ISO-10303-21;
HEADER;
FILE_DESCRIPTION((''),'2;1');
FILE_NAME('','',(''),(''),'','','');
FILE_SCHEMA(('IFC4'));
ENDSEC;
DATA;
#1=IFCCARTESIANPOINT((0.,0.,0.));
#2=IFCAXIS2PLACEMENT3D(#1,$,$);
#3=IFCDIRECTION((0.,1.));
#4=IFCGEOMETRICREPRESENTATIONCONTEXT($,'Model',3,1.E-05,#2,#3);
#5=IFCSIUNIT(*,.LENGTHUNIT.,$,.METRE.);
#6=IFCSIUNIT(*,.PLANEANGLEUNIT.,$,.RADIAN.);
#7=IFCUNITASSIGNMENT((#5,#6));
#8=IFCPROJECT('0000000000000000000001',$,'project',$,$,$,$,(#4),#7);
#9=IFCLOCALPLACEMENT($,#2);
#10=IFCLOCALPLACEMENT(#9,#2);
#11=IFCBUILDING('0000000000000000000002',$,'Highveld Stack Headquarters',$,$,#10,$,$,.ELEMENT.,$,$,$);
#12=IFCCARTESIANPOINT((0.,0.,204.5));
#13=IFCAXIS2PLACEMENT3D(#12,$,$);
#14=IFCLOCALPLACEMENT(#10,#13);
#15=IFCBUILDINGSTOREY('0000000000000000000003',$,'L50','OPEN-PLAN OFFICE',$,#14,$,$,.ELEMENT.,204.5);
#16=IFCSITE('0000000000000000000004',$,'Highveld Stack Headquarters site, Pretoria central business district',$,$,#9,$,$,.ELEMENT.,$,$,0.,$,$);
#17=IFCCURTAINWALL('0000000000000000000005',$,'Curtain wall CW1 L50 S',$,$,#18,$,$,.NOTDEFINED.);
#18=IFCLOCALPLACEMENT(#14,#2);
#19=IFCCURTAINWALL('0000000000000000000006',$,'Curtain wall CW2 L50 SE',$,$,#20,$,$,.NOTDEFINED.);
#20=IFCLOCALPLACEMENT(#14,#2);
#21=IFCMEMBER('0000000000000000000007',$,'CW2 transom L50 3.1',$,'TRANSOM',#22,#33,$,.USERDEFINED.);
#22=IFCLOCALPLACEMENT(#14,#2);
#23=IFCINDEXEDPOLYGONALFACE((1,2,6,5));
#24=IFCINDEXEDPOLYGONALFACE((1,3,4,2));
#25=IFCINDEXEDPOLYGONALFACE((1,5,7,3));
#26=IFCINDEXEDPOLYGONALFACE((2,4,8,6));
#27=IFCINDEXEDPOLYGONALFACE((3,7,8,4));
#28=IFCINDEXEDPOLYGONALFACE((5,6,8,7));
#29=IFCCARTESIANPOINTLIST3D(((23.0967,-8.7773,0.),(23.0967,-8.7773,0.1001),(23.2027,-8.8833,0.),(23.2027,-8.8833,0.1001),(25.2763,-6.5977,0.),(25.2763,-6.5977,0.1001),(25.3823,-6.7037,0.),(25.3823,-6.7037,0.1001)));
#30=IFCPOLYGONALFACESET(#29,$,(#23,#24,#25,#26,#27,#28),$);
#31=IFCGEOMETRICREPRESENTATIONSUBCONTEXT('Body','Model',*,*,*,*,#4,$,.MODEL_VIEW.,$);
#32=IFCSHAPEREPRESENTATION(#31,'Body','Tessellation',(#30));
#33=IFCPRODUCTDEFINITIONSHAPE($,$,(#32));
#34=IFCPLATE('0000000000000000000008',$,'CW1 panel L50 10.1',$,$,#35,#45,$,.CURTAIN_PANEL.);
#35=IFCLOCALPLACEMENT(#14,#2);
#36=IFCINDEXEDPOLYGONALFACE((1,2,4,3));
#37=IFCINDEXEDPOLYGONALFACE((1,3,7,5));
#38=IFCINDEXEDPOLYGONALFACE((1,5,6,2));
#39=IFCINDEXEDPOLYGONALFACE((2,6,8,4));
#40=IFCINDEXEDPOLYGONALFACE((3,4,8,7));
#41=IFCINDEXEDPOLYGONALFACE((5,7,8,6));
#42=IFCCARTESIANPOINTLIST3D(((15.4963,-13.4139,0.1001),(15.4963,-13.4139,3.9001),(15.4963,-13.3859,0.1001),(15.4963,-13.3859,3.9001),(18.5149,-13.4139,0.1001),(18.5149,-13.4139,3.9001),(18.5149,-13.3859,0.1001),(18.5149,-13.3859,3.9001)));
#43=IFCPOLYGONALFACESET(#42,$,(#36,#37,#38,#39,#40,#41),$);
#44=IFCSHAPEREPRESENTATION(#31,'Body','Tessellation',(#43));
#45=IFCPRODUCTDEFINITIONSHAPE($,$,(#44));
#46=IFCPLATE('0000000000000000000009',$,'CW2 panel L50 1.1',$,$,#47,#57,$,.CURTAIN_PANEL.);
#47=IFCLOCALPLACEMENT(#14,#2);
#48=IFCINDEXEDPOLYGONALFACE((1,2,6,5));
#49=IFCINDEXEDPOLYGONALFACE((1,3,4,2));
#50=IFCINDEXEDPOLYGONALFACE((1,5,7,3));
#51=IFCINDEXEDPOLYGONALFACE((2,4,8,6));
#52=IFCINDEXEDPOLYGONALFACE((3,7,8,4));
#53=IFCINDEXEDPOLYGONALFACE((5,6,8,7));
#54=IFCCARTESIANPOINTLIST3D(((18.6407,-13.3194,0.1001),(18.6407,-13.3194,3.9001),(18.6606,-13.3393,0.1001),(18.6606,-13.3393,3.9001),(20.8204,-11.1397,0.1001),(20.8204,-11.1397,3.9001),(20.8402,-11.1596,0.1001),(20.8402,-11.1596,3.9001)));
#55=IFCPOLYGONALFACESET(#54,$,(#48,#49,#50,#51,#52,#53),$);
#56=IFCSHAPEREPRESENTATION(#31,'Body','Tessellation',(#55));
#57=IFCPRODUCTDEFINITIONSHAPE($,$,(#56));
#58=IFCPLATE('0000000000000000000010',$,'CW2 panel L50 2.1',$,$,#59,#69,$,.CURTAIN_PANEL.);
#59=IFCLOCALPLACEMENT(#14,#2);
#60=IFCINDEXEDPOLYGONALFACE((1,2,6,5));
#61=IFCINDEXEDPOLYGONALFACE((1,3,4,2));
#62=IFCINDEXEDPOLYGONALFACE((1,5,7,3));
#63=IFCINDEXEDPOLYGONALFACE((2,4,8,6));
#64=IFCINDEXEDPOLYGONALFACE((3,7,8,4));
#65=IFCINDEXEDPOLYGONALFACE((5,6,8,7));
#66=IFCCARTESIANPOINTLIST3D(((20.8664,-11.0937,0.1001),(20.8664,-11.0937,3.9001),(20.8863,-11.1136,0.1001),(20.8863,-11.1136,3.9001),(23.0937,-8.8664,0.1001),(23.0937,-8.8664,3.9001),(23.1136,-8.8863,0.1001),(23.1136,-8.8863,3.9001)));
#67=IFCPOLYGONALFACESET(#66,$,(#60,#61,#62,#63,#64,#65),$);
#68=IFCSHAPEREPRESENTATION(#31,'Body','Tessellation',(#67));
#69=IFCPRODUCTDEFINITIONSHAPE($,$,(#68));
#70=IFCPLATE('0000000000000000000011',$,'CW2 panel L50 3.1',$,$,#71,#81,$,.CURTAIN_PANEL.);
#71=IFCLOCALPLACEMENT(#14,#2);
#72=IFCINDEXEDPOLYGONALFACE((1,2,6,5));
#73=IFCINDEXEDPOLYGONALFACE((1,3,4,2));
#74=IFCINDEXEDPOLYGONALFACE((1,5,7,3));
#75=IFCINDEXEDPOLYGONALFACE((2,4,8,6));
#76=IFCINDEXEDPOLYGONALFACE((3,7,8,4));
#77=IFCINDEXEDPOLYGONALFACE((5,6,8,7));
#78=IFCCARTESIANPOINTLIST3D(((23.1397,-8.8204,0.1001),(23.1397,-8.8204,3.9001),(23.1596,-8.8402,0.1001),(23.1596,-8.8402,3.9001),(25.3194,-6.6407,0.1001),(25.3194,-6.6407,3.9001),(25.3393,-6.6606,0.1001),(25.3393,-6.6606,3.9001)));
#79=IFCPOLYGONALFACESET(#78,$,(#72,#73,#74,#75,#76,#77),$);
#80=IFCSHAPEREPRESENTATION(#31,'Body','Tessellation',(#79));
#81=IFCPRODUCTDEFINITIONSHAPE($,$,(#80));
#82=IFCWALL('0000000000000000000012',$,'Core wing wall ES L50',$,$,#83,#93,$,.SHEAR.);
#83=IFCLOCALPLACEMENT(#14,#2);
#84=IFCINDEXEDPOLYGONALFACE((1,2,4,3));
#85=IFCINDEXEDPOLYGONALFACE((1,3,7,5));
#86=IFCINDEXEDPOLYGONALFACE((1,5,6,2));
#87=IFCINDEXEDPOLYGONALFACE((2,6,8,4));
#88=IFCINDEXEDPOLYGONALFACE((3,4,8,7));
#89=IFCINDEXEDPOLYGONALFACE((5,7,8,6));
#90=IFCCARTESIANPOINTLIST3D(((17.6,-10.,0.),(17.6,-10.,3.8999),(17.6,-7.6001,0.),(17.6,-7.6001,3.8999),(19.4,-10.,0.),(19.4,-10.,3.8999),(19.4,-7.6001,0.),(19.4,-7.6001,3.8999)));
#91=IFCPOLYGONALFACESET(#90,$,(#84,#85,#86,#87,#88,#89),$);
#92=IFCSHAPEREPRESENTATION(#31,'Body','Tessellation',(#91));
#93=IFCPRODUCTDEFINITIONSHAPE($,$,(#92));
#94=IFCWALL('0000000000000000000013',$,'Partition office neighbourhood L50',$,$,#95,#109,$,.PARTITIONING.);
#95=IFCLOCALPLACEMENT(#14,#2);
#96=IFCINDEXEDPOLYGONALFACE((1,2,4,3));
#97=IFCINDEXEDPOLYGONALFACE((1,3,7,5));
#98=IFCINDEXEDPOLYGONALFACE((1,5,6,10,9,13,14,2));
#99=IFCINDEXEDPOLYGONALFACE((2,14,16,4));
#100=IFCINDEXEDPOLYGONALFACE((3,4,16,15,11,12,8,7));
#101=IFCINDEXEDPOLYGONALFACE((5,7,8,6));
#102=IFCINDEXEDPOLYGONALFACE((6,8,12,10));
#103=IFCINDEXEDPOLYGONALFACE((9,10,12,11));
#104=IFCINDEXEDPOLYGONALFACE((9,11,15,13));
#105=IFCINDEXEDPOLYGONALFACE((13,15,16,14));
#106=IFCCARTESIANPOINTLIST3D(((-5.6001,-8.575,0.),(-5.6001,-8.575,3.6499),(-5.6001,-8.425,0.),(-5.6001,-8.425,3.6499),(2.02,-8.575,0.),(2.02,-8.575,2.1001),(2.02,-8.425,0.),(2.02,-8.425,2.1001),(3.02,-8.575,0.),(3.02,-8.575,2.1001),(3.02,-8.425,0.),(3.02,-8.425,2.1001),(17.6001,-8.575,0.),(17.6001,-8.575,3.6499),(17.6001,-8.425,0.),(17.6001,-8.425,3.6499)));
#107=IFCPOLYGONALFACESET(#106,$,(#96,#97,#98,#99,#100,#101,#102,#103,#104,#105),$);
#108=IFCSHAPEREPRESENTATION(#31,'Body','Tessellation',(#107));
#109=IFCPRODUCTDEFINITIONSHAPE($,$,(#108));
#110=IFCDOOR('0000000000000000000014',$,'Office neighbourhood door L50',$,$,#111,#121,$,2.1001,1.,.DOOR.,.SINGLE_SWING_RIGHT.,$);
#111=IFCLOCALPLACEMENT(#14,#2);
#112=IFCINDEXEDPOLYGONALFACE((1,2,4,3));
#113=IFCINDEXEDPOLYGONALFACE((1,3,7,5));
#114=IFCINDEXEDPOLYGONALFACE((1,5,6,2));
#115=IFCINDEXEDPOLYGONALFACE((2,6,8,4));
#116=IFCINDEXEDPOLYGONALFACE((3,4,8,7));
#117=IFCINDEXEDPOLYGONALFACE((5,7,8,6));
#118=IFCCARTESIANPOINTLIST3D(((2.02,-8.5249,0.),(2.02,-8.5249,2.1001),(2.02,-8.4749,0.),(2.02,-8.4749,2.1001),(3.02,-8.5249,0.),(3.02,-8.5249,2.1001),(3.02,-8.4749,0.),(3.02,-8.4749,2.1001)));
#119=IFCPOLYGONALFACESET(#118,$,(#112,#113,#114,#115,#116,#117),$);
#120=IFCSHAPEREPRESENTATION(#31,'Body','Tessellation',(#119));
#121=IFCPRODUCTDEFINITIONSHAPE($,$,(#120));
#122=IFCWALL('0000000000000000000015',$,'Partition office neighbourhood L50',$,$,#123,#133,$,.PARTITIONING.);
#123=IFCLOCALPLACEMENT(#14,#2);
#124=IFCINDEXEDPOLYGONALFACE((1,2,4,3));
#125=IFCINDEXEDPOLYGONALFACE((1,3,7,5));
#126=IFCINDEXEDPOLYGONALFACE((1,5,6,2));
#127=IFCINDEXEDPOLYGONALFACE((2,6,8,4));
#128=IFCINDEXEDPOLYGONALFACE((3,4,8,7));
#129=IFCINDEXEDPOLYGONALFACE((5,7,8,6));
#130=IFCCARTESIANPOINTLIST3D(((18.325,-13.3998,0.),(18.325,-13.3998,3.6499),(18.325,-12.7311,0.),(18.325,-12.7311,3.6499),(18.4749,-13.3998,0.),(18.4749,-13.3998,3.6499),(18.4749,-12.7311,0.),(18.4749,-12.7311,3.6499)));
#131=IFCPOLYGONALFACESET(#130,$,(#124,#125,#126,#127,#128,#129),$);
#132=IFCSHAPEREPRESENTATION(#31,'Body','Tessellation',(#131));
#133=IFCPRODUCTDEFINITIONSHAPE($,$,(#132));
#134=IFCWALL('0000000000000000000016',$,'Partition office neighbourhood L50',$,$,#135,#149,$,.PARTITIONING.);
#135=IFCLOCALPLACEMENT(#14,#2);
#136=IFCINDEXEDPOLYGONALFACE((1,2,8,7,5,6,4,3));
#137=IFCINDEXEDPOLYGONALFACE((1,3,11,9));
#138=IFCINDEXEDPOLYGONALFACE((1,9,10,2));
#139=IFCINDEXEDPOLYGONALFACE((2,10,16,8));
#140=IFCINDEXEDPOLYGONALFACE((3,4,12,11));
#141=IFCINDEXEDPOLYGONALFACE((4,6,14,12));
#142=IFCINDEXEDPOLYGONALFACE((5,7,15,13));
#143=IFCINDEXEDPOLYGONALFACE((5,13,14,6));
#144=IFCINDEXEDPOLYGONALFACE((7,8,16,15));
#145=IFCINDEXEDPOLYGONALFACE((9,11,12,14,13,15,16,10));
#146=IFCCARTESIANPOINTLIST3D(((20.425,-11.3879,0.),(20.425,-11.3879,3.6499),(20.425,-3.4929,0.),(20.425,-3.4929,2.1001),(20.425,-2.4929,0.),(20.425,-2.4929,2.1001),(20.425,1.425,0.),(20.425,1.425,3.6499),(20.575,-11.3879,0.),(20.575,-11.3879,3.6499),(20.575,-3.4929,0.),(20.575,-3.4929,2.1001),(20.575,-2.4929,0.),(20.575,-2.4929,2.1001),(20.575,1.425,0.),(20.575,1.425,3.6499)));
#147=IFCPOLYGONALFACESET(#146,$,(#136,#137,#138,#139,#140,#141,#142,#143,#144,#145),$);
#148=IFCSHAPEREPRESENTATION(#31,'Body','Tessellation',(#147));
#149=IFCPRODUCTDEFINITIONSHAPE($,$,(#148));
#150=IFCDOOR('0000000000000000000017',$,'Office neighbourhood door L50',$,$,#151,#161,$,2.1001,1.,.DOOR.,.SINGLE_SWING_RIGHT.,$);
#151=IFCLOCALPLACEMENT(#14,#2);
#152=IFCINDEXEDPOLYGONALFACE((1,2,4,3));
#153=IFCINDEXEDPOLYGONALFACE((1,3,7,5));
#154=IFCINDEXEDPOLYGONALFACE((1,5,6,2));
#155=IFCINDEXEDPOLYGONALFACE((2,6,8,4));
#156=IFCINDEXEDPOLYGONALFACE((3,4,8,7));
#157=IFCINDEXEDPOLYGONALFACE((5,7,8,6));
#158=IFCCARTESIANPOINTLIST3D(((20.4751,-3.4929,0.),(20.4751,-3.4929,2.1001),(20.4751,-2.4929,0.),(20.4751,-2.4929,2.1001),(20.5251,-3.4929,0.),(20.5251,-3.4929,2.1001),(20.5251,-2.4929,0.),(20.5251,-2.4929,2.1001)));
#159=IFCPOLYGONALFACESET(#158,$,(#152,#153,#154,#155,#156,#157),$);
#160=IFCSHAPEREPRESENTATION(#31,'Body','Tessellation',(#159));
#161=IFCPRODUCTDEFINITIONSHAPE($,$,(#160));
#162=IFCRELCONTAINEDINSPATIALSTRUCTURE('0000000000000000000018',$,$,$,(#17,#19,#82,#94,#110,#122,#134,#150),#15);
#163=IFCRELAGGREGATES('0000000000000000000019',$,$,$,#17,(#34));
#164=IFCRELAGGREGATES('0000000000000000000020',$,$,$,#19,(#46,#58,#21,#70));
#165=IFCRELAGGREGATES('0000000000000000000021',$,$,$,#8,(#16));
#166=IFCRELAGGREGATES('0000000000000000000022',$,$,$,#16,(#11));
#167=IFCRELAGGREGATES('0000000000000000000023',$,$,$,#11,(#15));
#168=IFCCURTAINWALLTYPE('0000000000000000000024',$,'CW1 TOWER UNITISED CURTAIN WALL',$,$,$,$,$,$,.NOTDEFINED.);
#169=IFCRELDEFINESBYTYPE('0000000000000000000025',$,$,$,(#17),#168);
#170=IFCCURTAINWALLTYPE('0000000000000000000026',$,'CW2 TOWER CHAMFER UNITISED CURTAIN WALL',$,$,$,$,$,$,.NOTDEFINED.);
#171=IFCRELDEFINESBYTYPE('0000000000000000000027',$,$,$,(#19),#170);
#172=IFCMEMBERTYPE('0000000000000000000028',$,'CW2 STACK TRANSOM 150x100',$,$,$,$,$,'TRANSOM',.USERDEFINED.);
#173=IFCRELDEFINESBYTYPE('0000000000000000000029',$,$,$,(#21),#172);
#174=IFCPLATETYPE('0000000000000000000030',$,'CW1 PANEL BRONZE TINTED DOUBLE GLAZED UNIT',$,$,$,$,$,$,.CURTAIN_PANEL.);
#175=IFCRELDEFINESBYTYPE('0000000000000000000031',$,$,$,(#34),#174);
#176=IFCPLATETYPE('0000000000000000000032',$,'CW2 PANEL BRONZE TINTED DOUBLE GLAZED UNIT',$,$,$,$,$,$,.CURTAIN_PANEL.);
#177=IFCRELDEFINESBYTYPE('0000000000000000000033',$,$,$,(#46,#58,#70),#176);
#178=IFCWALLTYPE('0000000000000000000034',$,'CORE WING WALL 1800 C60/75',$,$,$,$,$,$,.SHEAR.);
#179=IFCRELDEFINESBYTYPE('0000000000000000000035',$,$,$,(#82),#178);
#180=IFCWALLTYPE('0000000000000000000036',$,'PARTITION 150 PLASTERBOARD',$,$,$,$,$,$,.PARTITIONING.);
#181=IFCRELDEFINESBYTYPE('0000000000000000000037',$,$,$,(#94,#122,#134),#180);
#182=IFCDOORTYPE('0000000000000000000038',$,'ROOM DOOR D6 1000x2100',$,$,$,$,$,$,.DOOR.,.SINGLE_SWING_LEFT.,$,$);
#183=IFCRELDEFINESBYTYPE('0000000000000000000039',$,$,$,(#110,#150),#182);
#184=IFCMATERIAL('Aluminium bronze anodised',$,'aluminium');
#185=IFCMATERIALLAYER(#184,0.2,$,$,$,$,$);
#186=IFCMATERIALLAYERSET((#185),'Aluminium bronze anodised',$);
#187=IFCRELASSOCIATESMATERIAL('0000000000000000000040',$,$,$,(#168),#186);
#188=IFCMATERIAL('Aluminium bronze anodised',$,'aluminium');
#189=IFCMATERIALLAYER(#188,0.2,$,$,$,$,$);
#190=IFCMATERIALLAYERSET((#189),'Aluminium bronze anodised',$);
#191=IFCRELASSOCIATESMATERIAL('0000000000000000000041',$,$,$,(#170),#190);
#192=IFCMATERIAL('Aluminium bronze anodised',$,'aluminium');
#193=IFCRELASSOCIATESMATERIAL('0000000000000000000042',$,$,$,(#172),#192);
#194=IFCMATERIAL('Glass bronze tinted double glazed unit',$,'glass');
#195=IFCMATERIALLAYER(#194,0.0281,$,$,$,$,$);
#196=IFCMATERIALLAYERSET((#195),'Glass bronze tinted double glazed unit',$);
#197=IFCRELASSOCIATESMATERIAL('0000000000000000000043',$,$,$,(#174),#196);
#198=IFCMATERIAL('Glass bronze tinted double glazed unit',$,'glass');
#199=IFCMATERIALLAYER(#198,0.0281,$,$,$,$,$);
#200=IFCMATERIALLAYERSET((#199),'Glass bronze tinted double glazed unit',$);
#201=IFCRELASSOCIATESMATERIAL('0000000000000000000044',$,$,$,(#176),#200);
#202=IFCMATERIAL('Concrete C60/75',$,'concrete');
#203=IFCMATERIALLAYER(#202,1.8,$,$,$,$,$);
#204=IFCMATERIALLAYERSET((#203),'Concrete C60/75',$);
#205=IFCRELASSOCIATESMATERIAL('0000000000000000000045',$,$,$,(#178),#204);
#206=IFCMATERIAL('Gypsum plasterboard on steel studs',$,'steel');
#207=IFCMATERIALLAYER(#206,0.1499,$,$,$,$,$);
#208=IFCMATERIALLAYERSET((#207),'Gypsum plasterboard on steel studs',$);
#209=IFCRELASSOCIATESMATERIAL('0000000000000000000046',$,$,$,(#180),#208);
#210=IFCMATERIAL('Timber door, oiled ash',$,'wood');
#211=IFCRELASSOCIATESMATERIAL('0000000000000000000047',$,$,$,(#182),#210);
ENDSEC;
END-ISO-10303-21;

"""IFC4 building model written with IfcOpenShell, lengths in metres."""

from ifc_helpers import new_model, si_unit, direction, frame, frame_2d, origin, origin_2d, place, context, subcontext, project, spatial, rectangle, extrude, material, layer, layer_set, material_profile, profile_set, type_object, element, fill, aggregate, save


model = new_model("IFC4")

# Units and contexts
model_context = context("Model", 3, precision=1e-05, world=origin(), true_north=direction((0.0, 1.0)))
body_context = subcontext(model_context, "Body", "Model", "MODEL_VIEW")
ifc_project = project(units=[si_unit("LENGTHUNIT", "METRE"), si_unit("PLANEANGLEUNIT", "RADIAN")], contexts=[model_context])

# Site, building, storey
site_placement = place(None, origin())
site = spatial("IfcSite", under=ifc_project, at=site_placement, Name="Highveld Stack Headquarters site, Pretoria central business district", CompositionType="ELEMENT", RefElevation=0.0)
building_placement = place(site_placement, origin())
building = spatial("IfcBuilding", under=site, at=building_placement, Name="Highveld Stack Headquarters", CompositionType="ELEMENT")
storey_placement = place(building_placement, frame((0.0, 0.0, 204.5)))
storey = spatial("IfcBuildingStorey", under=building, at=storey_placement, Name="L50", Description="OPEN-PLAN OFFICE", CompositionType="ELEMENT", Elevation=204.5)

# Curtain wall
ifc_material_1 = material(Name="Aluminium bronze anodised", Category="aluminium")
ifc_layer_1 = layer(ifc_material_1, 0.2)
ifc_layer_set_1 = layer_set([ifc_layer_1], Name="Aluminium bronze anodised")
curtain_wall_type_1 = type_object("IfcCurtainWallType", Name="CW1 TOWER UNITISED CURTAIN WALL", PredefinedType="NOTDEFINED", material=ifc_layer_set_1)
curtain_wall_1_placement = place(storey_placement, origin())
curtain_wall_1 = element("IfcCurtainWall", 1, at=curtain_wall_1_placement, inside=storey, type_object=curtain_wall_type_1, Name="Curtain wall CW1 L50 S", PredefinedType="NOTDEFINED")

# Curtain wall, member
ifc_material_2 = material(Name="Aluminium bronze anodised", Category="aluminium")
ifc_layer_2 = layer(ifc_material_2, 0.2)
ifc_layer_set_2 = layer_set([ifc_layer_2], Name="Aluminium bronze anodised")
curtain_wall_type_2 = type_object("IfcCurtainWallType", Name="CW2 TOWER CHAMFER UNITISED CURTAIN WALL", PredefinedType="NOTDEFINED", material=ifc_layer_set_2)
curtain_wall_2_placement = place(storey_placement, origin())
curtain_wall_2 = element("IfcCurtainWall", 2, at=curtain_wall_2_placement, inside=storey, type_object=curtain_wall_type_2, Name="Curtain wall CW2 L50 SE", PredefinedType="NOTDEFINED")
ifc_material_3 = material(Name="Aluminium bronze anodised", Category="aluminium")
ifc_material_profile_1 = material_profile(ifc_material_3, rectangle(XDim=0.1499, YDim=0.1001, at=origin_2d()), Name="CW2 TRANSOM 150x100")
ifc_profile_set_1 = profile_set([ifc_material_profile_1], Name="Aluminium bronze anodised")
member_type_1 = type_object("IfcMemberType", Name="CW2 STACK TRANSOM 150x100", ElementType="TRANSOM", PredefinedType="USERDEFINED", material=ifc_profile_set_1)
member_1_placement = place(storey_placement, frame((23.1497, -8.8303, 0.05), z_axis=(0.707107, 0.707107, 0.0), x_axis=(-0.707107, 0.707107, 0.0)))
member_1 = element("IfcMember", 3, at=member_1_placement, type_object=member_type_1, Name="CW2 transom L50 3.1", ObjectType="TRANSOM", PredefinedType="USERDEFINED", context=body_context, shape_type="SweptSolid", body=[
    extrude(rectangle(XDim=0.1499, YDim=0.1001, at=origin_2d()), origin(), (0.0, 0.0, 1.0), 3.0825),
])

# Plates
ifc_material_4 = material(Name="Glass bronze tinted double glazed unit", Category="glass")
ifc_layer_3 = layer(ifc_material_4, 0.0281)
ifc_layer_set_3 = layer_set([ifc_layer_3], Name="Glass bronze tinted double glazed unit")
plate_type_1 = type_object("IfcPlateType", Name="CW1 PANEL BRONZE TINTED DOUBLE GLAZED UNIT", PredefinedType="CURTAIN_PANEL", material=ifc_layer_set_3)
plate_1_placement = place(storey_placement, frame((17.0056, -13.3999, 0.1001), z_axis=(0.0, 0.0, 1.0), x_axis=(1.0, 0.0, 0.0)))
plate_1 = element("IfcPlate", 4, at=plate_1_placement, type_object=plate_type_1, Name="CW1 panel L50 10.1", PredefinedType="CURTAIN_PANEL", context=body_context, shape_type="SweptSolid", body=[
    extrude(rectangle(XDim=3.0186, YDim=0.0281, at=origin_2d()), origin(), (0.0, 0.0, 1.0), 3.8),
])
aggregate(curtain_wall_1, [plate_1])
ifc_material_5 = material(Name="Glass bronze tinted double glazed unit", Category="glass")
ifc_layer_4 = layer(ifc_material_5, 0.0281)
ifc_layer_set_4 = layer_set([ifc_layer_4], Name="Glass bronze tinted double glazed unit")
plate_type_2 = type_object("IfcPlateType", Name="CW2 PANEL BRONZE TINTED DOUBLE GLAZED UNIT", PredefinedType="CURTAIN_PANEL", material=ifc_layer_set_4)
plate_2_placement = place(storey_placement, frame((19.7405, -12.2395, 0.1001), z_axis=(0.0, 0.0, 1.0), x_axis=(0.707107, 0.707107, 0.0)))
plate_2 = element("IfcPlate", 5, at=plate_2_placement, type_object=plate_type_2, Name="CW2 panel L50 1.1", PredefinedType="CURTAIN_PANEL", context=body_context, shape_type="SweptSolid", body=[
    extrude(rectangle(XDim=3.0825, YDim=0.0281, at=origin_2d()), origin(), (0.0, 0.0, 1.0), 3.8),
])
plate_3_placement = place(storey_placement, frame((21.99, -9.99, 0.1001), z_axis=(0.0, 0.0, 1.0), x_axis=(0.707107, 0.707107, 0.0)))
plate_3 = element("IfcPlate", 6, at=plate_3_placement, type_object=plate_type_2, Name="CW2 panel L50 2.1", PredefinedType="CURTAIN_PANEL", context=body_context, shape_type="SweptSolid", body=[
    extrude(rectangle(XDim=3.1499, YDim=0.0281, at=origin_2d()), origin(), (0.0, 0.0, 1.0), 3.8),
])
plate_4_placement = place(storey_placement, frame((24.2395, -7.7405, 0.1001), z_axis=(0.0, 0.0, 1.0), x_axis=(0.707107, 0.707107, 0.0)))
plate_4 = element("IfcPlate", 7, at=plate_4_placement, type_object=plate_type_2, Name="CW2 panel L50 3.1", PredefinedType="CURTAIN_PANEL", context=body_context, shape_type="SweptSolid", body=[
    extrude(rectangle(XDim=3.0825, YDim=0.0281, at=origin_2d()), origin(), (0.0, 0.0, 1.0), 3.8),
])
aggregate(curtain_wall_2, [plate_2, plate_3, member_1, plate_4])

# Wall
ifc_material_6 = material(Name="Concrete C60/75", Category="concrete")
ifc_layer_5 = layer(ifc_material_6, 1.8)
ifc_layer_set_5 = layer_set([ifc_layer_5], Name="Concrete C60/75")
wall_type_1 = type_object("IfcWallType", Name="CORE WING WALL 1800 C60/75", PredefinedType="SHEAR", material=ifc_layer_set_5)
wall_1_placement = place(storey_placement, frame((18.5, -10.0, 0.0), z_axis=(0.0, 0.0, 1.0), x_axis=(0.0, 1.0, 0.0)))
element("IfcWall", 8, at=wall_1_placement, inside=storey, type_object=wall_type_1, Name="Core wing wall ES L50", PredefinedType="SHEAR", context=body_context, shape_type="SweptSolid", body=[
    extrude(rectangle(XDim=2.3999, YDim=1.8, at=frame_2d((1.2, 0.0))), origin(), (0.0, 0.0, 1.0), 3.8999),
])

# Wall, opening, door
ifc_material_7 = material(Name="Gypsum plasterboard on steel studs", Category="steel")
ifc_layer_6 = layer(ifc_material_7, 0.1499)
ifc_layer_set_6 = layer_set([ifc_layer_6], Name="Gypsum plasterboard on steel studs")
wall_type_2 = type_object("IfcWallType", Name="PARTITION 150 PLASTERBOARD", PredefinedType="PARTITIONING", material=ifc_layer_set_6)
wall_2_placement = place(storey_placement, frame((17.6001, -8.5, 0.0), z_axis=(0.0, 0.0, 1.0), x_axis=(-1.0, 0.0, 0.0)))
wall_2 = element("IfcWall", 9, at=wall_2_placement, inside=storey, type_object=wall_type_2, Name="Partition office neighbourhood L50", PredefinedType="PARTITIONING", context=body_context, shape_type="SweptSolid", body=[
    extrude(rectangle(XDim=23.2002, YDim=0.1499, at=frame_2d((11.6001, 0.0))), origin(), (0.0, 0.0, 1.0), 3.6499),
])
opening_1_placement = place(wall_2_placement, frame((14.5801, 0.0, 0.0)))
opening_1 = element("IfcOpeningElement", 10, at=opening_1_placement, cuts=wall_2, PredefinedType="OPENING", context=body_context, shape_type="SweptSolid", body=[
    extrude(rectangle(XDim=1.0, YDim=2.1001, at=frame_2d((0.5, 1.05))), frame((0.0, 0.085, 0.0), z_axis=(0.0, -1.0, 0.0), x_axis=(1.0, 0.0, 0.0)), (0.0, 0.0, 1.0), 0.1699),
])
ifc_material_8 = material(Name="Timber door, oiled ash", Category="wood")
door_type_1 = type_object("IfcDoorType", Name="ROOM DOOR D6 1000x2100", OperationType="SINGLE_SWING_LEFT", PredefinedType="DOOR", material=ifc_material_8)
door_1_placement = place(opening_1_placement, origin())
door_1 = element("IfcDoor", 11, at=door_1_placement, inside=storey, type_object=door_type_1, Name="Office neighbourhood door L50", OperationType="SINGLE_SWING_RIGHT", OverallHeight=2.1001, OverallWidth=1.0, PredefinedType="DOOR", context=body_context, shape_type="SweptSolid", body=[
    extrude(rectangle(XDim=1.0, YDim=2.1001, at=frame_2d((0.5, 1.05))), frame((0.0, 0.0249, 0.0), z_axis=(0.0, -1.0, 0.0), x_axis=(1.0, 0.0, 0.0)), (0.0, 0.0, 1.0), 0.05),
])
fill(opening_1, door_1)

# Wall
wall_3_placement = place(storey_placement, frame((18.3999, -13.3999, 0.0), z_axis=(0.0, 0.0, 1.0), x_axis=(0.0, 1.0, 0.0)))
element("IfcWall", 12, at=wall_3_placement, inside=storey, type_object=wall_type_2, Name="Partition office neighbourhood L50", PredefinedType="PARTITIONING", context=body_context, shape_type="SweptSolid", body=[
    extrude(rectangle(XDim=0.6687, YDim=0.1499, at=frame_2d((0.3345, 0.0))), origin(), (0.0, 0.0, 1.0), 3.6499),
])

# Wall, opening, door
wall_4_placement = place(storey_placement, frame((20.5, -11.3879, 0.0), z_axis=(0.0, 0.0, 1.0), x_axis=(0.0, 1.0, 0.0)))
wall_4 = element("IfcWall", 13, at=wall_4_placement, inside=storey, type_object=wall_type_2, Name="Partition office neighbourhood L50", PredefinedType="PARTITIONING", context=body_context, shape_type="SweptSolid", body=[
    extrude(rectangle(XDim=12.813, YDim=0.1499, at=frame_2d((6.4065, 0.0))), origin(), (0.0, 0.0, 1.0), 3.6499),
])
opening_2_placement = place(wall_4_placement, frame((7.895, 0.0, 0.0)))
opening_2 = element("IfcOpeningElement", 14, at=opening_2_placement, cuts=wall_4, PredefinedType="OPENING", context=body_context, shape_type="SweptSolid", body=[
    extrude(rectangle(XDim=1.0, YDim=2.1001, at=frame_2d((0.5, 1.05))), frame((0.0, 0.085, 0.0), z_axis=(0.0, -1.0, 0.0), x_axis=(1.0, 0.0, 0.0)), (0.0, 0.0, 1.0), 0.1699),
])
door_2_placement = place(opening_2_placement, origin())
door_2 = element("IfcDoor", 15, at=door_2_placement, inside=storey, type_object=door_type_1, Name="Office neighbourhood door L50", OperationType="SINGLE_SWING_RIGHT", OverallHeight=2.1001, OverallWidth=1.0, PredefinedType="DOOR", context=body_context, shape_type="SweptSolid", body=[
    extrude(rectangle(XDim=1.0, YDim=2.1001, at=frame_2d((0.5, 1.05))), frame((0.0, 0.0249, 0.0), z_axis=(0.0, -1.0, 0.0), x_axis=(1.0, 0.0, 0.0)), (0.0, 0.0, 1.0), 0.05),
])
fill(opening_2, door_2)

save(model, "model.ifc")
